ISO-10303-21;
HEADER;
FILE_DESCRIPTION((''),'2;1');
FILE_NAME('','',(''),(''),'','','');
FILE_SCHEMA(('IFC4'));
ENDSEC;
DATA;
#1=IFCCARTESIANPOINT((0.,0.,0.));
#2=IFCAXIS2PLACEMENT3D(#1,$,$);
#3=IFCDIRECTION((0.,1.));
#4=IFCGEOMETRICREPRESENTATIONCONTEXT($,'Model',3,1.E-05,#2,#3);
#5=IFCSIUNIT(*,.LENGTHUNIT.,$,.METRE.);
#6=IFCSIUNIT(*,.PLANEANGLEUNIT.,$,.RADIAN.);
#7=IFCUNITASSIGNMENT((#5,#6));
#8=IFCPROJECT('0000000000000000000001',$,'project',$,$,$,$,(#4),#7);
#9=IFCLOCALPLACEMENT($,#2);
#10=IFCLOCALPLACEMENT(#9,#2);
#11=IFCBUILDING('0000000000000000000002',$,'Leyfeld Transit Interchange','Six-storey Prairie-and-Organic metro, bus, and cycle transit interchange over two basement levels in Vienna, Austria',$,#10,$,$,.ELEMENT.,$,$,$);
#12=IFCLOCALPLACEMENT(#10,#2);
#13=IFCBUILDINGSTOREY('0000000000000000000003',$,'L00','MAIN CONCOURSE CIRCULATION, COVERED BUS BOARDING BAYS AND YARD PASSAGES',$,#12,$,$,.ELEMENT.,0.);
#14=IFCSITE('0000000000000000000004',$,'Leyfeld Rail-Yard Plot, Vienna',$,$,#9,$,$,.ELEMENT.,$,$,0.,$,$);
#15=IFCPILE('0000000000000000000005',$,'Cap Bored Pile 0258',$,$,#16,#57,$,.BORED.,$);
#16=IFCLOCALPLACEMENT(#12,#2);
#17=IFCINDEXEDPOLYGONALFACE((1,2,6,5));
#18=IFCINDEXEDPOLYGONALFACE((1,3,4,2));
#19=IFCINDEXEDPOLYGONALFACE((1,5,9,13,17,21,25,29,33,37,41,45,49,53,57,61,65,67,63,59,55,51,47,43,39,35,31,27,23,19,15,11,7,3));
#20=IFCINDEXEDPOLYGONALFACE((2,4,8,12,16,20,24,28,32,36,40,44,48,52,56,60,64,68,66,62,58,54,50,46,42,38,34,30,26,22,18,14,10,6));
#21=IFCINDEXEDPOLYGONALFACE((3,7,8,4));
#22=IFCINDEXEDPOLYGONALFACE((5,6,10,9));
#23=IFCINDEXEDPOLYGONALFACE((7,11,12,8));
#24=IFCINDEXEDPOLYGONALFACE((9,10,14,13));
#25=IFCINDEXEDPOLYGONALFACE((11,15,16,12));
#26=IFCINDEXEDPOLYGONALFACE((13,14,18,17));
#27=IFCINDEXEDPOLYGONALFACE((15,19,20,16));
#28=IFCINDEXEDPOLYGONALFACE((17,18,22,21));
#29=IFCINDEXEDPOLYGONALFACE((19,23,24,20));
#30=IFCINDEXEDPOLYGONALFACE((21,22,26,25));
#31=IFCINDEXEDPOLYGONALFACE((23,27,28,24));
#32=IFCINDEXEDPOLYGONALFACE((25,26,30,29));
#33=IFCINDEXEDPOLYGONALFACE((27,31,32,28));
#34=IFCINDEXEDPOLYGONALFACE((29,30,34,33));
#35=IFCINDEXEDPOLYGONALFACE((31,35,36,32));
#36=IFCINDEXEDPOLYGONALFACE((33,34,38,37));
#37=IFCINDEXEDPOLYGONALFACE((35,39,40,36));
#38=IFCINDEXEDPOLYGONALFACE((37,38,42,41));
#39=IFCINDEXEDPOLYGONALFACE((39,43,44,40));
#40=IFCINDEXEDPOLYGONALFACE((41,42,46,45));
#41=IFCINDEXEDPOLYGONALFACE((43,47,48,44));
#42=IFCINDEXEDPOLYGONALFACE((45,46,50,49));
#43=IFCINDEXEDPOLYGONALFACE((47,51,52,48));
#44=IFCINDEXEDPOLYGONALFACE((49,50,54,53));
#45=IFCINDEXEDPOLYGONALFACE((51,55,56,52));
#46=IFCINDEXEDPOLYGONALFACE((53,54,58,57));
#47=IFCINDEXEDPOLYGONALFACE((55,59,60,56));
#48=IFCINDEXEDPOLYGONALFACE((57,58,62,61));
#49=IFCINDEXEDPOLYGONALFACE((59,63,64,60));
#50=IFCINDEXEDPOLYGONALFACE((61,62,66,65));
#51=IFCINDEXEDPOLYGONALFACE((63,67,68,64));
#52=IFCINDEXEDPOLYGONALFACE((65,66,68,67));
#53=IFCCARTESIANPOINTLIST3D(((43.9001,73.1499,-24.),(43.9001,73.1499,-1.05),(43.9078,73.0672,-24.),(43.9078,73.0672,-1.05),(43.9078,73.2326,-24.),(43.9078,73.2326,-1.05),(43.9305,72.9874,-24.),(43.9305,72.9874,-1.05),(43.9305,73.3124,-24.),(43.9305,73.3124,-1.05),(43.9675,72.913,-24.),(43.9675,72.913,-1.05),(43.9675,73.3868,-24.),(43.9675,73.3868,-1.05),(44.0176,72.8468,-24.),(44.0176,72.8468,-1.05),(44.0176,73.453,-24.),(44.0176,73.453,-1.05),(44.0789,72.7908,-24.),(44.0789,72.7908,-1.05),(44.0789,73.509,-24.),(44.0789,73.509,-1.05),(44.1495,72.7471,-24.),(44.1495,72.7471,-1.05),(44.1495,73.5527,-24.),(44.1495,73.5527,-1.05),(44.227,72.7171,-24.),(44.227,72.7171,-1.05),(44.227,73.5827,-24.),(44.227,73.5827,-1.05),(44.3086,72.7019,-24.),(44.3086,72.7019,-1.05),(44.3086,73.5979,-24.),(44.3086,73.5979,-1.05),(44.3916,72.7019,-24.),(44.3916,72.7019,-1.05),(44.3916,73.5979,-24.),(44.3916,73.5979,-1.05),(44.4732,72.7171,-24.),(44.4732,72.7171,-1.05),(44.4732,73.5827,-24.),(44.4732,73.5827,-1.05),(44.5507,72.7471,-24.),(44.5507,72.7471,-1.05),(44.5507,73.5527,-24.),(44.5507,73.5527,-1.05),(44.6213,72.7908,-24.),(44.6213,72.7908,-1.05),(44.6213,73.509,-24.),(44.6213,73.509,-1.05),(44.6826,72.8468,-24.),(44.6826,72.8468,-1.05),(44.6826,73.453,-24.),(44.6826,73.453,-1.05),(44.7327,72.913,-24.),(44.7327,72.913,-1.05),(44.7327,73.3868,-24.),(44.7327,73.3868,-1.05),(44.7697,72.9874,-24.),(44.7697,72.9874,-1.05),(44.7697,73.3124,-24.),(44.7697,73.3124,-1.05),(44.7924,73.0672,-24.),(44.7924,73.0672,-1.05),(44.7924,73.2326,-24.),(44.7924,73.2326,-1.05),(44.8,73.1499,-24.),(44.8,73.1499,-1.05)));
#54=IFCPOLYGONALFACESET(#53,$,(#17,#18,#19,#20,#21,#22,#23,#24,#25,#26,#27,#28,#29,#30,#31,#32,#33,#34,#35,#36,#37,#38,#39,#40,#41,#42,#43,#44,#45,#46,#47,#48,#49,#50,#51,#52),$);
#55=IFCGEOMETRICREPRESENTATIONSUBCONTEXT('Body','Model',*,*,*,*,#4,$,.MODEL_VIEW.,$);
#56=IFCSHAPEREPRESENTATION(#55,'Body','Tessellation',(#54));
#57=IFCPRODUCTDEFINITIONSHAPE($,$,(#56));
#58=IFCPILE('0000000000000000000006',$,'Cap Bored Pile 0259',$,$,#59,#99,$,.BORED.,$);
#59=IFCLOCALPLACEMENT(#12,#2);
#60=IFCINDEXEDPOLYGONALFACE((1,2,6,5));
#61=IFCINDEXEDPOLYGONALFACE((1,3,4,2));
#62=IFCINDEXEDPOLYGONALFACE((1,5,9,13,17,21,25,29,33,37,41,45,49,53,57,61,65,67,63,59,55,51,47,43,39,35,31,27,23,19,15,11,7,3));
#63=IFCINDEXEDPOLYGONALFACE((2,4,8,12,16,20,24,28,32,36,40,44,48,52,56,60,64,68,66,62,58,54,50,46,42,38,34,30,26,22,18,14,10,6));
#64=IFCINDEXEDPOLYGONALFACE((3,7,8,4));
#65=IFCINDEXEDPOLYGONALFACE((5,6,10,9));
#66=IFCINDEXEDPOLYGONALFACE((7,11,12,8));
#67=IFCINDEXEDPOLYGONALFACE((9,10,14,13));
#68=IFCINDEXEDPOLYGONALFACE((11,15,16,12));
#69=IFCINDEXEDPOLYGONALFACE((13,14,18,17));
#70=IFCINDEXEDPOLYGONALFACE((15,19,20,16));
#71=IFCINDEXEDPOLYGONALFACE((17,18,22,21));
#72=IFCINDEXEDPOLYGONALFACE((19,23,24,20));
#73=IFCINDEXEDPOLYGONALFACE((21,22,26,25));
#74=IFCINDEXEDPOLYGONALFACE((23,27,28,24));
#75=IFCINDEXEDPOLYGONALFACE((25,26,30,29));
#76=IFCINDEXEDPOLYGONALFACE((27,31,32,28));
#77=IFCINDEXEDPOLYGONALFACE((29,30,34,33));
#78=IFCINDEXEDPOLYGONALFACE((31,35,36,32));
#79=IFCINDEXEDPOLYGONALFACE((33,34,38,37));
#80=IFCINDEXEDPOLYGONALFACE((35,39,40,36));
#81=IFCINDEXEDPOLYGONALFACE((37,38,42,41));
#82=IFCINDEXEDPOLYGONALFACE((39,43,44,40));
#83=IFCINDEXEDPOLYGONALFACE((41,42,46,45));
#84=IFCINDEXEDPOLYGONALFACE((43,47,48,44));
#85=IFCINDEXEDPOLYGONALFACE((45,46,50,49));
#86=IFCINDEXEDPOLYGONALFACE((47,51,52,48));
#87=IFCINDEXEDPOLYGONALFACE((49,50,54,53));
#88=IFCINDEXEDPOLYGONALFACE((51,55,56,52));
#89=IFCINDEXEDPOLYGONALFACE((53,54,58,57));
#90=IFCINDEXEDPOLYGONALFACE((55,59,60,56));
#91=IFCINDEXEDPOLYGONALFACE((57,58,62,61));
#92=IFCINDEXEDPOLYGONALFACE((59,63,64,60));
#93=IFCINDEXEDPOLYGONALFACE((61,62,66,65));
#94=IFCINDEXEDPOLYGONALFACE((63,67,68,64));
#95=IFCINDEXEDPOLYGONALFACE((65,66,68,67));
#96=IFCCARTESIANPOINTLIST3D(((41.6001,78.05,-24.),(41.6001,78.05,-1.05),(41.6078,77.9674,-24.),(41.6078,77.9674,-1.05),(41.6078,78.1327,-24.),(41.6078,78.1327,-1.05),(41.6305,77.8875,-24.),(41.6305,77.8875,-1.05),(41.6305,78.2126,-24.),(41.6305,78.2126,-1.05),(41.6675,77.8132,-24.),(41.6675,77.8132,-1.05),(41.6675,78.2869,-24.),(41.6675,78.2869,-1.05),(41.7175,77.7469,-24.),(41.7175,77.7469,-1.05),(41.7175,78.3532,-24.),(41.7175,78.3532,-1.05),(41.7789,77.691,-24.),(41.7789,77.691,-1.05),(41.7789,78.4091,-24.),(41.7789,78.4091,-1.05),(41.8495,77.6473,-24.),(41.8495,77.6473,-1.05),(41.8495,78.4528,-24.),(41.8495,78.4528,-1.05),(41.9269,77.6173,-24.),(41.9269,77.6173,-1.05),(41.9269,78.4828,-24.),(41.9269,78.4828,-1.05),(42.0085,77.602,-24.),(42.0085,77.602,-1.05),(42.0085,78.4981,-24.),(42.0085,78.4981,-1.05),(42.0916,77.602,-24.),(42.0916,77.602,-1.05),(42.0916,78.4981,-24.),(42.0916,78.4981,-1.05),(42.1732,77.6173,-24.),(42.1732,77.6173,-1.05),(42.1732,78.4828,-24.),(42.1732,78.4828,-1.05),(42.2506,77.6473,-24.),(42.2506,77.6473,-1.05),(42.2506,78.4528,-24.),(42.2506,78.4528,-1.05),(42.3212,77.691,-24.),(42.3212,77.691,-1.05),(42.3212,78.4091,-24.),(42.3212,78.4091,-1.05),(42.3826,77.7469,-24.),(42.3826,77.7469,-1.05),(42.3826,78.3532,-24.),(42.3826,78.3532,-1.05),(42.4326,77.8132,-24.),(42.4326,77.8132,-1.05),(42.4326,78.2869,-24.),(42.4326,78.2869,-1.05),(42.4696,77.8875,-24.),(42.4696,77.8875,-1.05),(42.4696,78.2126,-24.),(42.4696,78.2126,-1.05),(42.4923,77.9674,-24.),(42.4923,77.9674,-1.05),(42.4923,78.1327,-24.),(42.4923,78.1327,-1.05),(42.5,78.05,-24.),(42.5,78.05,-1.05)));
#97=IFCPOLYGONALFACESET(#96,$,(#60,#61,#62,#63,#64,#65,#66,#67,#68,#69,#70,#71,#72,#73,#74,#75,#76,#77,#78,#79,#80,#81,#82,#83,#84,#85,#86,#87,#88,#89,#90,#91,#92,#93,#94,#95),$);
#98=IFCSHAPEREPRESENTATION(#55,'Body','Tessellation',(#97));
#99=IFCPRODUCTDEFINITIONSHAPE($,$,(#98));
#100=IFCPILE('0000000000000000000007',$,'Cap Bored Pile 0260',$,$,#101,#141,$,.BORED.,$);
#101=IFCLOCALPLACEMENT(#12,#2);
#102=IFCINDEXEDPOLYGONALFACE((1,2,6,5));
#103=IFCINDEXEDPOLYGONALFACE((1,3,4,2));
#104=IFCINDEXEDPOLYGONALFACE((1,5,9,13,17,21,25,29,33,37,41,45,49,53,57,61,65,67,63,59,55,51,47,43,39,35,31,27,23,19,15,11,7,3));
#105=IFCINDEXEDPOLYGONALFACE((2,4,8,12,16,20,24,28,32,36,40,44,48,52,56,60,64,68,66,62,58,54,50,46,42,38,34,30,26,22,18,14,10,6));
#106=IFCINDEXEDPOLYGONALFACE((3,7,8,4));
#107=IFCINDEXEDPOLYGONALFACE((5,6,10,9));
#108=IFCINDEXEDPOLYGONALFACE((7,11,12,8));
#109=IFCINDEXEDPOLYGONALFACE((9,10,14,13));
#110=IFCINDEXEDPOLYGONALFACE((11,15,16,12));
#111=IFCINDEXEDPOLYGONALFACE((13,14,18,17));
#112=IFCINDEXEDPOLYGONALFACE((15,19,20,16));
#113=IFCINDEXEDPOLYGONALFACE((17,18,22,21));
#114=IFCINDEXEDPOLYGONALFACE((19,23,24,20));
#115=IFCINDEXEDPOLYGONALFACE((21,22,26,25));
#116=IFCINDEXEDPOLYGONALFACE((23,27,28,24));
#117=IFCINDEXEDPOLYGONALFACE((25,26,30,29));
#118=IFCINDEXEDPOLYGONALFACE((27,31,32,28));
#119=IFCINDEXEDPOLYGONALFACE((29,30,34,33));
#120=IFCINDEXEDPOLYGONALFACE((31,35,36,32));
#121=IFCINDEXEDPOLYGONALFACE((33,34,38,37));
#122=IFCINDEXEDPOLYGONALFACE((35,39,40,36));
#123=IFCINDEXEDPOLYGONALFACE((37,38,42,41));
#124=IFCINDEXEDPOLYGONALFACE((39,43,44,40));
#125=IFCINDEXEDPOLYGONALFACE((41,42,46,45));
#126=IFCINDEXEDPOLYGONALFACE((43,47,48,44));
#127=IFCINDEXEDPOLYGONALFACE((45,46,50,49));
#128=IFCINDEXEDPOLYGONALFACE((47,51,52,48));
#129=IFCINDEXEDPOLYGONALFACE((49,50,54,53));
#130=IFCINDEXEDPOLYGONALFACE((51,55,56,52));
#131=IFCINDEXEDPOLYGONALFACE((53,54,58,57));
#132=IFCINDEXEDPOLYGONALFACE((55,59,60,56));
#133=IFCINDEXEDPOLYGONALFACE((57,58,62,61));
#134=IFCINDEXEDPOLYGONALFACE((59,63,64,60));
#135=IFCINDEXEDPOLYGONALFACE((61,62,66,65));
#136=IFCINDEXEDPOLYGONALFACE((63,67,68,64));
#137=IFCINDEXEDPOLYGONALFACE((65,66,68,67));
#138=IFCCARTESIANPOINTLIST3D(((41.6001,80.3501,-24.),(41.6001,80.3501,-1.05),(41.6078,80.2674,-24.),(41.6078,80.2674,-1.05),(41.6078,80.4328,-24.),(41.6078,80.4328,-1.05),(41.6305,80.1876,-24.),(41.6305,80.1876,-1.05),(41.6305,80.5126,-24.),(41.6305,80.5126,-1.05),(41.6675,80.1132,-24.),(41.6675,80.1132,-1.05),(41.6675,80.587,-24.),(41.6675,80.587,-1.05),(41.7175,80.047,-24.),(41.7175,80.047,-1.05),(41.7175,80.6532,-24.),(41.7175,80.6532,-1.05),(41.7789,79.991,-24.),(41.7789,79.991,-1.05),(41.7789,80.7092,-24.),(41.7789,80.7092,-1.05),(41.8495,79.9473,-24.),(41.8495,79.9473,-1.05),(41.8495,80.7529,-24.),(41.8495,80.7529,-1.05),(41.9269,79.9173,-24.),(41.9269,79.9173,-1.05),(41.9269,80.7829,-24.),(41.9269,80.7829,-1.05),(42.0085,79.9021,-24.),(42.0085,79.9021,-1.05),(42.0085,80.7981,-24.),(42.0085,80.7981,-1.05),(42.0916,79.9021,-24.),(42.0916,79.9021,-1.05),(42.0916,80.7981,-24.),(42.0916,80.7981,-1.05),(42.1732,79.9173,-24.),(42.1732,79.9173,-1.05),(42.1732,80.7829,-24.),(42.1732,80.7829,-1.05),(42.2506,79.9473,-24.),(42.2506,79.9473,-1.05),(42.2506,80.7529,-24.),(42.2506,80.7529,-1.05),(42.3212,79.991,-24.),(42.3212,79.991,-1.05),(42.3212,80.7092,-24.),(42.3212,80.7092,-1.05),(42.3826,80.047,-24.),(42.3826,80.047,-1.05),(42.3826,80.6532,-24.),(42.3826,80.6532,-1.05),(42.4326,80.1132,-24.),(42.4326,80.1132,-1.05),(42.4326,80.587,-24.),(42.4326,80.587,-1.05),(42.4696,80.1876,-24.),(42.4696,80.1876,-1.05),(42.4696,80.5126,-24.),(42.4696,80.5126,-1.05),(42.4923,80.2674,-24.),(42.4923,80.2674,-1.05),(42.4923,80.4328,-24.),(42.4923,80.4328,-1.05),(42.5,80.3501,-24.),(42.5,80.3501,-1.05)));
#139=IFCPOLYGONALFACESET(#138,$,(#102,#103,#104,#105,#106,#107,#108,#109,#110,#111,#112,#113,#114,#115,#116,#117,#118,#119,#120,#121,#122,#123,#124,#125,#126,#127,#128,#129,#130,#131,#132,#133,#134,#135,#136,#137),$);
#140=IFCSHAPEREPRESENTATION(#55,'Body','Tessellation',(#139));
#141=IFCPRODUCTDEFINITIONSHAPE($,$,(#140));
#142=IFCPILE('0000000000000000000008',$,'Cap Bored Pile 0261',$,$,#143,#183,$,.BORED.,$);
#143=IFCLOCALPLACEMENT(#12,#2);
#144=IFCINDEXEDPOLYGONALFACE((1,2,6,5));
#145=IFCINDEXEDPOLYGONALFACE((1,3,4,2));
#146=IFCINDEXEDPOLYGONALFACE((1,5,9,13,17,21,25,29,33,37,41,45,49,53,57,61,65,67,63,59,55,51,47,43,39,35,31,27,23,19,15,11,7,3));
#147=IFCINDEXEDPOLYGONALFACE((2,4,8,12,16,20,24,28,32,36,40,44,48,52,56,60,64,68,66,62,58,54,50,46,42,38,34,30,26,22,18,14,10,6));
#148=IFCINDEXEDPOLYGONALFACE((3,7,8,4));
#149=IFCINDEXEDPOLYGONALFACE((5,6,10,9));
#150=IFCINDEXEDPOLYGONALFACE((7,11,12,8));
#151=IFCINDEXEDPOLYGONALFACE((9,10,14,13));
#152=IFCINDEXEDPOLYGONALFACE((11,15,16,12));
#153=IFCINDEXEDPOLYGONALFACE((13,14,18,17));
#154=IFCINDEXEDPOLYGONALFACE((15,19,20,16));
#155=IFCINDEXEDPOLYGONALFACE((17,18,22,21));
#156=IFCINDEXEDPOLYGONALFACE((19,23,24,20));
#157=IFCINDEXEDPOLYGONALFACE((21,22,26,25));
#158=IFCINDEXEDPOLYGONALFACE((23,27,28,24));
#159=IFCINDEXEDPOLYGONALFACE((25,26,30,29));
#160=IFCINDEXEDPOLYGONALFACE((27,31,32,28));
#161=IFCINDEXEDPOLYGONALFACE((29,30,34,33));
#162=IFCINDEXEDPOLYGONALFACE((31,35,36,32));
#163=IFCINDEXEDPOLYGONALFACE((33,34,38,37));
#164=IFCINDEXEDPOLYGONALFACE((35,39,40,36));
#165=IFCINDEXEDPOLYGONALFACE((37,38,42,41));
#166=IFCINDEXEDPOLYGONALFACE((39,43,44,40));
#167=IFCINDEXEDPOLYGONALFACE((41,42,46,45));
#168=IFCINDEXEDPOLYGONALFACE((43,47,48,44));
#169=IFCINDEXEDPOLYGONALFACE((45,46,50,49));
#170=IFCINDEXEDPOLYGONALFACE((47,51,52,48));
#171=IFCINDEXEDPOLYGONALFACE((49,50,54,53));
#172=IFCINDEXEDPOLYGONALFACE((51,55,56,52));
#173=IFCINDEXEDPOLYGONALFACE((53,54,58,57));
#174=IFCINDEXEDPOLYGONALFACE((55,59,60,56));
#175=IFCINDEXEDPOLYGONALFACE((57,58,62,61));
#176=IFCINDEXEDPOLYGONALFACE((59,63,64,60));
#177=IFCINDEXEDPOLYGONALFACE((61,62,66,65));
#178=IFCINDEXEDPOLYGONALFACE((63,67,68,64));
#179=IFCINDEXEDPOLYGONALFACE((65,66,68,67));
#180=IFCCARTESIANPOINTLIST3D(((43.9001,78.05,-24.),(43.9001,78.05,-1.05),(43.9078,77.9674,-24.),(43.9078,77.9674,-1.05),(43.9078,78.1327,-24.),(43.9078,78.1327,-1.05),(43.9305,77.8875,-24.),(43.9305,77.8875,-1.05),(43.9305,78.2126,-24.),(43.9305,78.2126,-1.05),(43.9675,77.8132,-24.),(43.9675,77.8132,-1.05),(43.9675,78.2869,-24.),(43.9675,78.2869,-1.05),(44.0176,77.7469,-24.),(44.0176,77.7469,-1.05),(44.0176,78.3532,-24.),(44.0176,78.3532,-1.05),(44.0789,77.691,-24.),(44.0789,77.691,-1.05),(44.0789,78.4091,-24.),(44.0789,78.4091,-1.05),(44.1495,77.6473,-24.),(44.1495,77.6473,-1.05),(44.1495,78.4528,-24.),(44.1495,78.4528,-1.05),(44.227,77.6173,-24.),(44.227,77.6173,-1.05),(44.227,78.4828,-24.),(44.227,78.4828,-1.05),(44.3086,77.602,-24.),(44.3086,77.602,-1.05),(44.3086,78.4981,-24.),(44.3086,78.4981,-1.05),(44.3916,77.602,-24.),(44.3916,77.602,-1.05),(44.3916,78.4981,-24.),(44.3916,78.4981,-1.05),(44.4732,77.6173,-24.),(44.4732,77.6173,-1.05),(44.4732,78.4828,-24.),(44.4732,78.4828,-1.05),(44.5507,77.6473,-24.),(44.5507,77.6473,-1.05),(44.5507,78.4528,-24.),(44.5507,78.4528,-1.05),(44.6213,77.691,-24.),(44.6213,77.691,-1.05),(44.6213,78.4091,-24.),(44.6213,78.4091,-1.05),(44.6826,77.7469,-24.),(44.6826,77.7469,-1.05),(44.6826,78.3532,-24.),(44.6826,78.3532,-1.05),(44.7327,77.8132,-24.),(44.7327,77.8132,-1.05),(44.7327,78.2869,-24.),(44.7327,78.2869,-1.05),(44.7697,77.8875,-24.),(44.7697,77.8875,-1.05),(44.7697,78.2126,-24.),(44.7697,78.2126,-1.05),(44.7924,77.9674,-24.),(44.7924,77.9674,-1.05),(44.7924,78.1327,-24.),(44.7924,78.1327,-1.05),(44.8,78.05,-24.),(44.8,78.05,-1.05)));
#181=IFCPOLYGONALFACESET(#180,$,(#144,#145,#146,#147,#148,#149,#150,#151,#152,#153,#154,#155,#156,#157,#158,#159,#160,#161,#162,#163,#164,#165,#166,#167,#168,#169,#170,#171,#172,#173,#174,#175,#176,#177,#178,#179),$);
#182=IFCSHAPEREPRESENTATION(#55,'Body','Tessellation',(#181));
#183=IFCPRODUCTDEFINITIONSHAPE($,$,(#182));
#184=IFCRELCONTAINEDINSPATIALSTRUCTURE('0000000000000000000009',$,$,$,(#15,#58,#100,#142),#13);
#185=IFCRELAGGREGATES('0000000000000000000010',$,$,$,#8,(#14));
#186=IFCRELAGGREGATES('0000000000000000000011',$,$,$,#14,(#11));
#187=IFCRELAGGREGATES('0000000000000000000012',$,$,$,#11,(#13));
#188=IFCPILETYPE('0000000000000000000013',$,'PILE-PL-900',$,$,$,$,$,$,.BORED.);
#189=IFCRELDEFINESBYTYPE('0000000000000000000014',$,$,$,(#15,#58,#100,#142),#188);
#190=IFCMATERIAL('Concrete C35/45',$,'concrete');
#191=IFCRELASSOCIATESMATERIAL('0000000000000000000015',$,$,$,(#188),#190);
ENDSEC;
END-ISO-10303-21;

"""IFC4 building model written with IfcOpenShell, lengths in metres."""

from ifc_helpers import new_model, si_unit, direction, frame, origin, origin_2d, place, context, subcontext, project, spatial, circle, extrude, material, material_profile, profile_set, type_object, element, save


model = new_model("IFC4")

# Units and contexts
model_context = context("Model", 3, precision=1e-05, world=origin(), true_north=direction((0.0, 1.0)))
body_context = subcontext(model_context, "Body", "Model", "MODEL_VIEW")
ifc_project = project(units=[si_unit("LENGTHUNIT", "METRE"), si_unit("PLANEANGLEUNIT", "RADIAN")], contexts=[model_context])

# Site, building, storey
site_placement = place(None, origin())
site = spatial("IfcSite", under=ifc_project, at=site_placement, Name="Leyfeld Rail-Yard Plot, Vienna", CompositionType="ELEMENT", RefElevation=0.0)
building_placement = place(site_placement, origin())
building = spatial("IfcBuilding", under=site, at=building_placement, Name="Leyfeld Transit Interchange", Description="Six-storey Prairie-and-Organic metro, bus, and cycle transit interchange over two basement levels in Vienna, Austria", CompositionType="ELEMENT")
storey_placement = place(building_placement, origin())
storey = spatial("IfcBuildingStorey", under=building, at=storey_placement, Name="L00", Description="MAIN CONCOURSE CIRCULATION, COVERED BUS BOARDING BAYS AND YARD PASSAGES", CompositionType="ELEMENT", Elevation=0.0)

# Shared definitions
ifc_material_1 = material(Name="Concrete C35/45", Category="concrete")

# Piles
ifc_material_profile_1 = material_profile(ifc_material_1, circle(Radius=0.45, at=origin_2d()), Name="PILE D900")
ifc_profile_set_1 = profile_set([ifc_material_profile_1], Name="Concrete C35/45")
pile_type = type_object("IfcPileType", Name="PILE-PL-900", PredefinedType="BORED", material=ifc_profile_set_1)
for number, where, z_axis, x_axis, name in (
    (1, (44.3501, 73.1499, -1.05), (0.0, 0.0, -1.0), (1.0, 0.0, 0.0), "Cap Bored Pile 0258"),
    (2, (42.05, 78.05, -1.05), (0.0, 0.0, -1.0), (1.0, 0.0, 0.0), "Cap Bored Pile 0259"),
    (3, (42.05, 80.3501, -1.05), (0.0, 0.0, -1.0), (1.0, 0.0, 0.0), "Cap Bored Pile 0260"),
    (4, (44.3501, 78.05, -1.05), (0.0, 0.0, -1.0), (1.0, 0.0, 0.0), "Cap Bored Pile 0261"),
):
    element("IfcPile", number, at=place(storey_placement, frame(where, z_axis=z_axis, x_axis=x_axis)), inside=storey, type_object=pile_type, Name=name, PredefinedType="BORED", context=body_context, shape_type="SweptSolid", body=[
        extrude(circle(Radius=0.45, at=origin_2d()), origin(), (0.0, 0.0, 1.0), 22.95),
    ])

save(model, "model.ifc")
